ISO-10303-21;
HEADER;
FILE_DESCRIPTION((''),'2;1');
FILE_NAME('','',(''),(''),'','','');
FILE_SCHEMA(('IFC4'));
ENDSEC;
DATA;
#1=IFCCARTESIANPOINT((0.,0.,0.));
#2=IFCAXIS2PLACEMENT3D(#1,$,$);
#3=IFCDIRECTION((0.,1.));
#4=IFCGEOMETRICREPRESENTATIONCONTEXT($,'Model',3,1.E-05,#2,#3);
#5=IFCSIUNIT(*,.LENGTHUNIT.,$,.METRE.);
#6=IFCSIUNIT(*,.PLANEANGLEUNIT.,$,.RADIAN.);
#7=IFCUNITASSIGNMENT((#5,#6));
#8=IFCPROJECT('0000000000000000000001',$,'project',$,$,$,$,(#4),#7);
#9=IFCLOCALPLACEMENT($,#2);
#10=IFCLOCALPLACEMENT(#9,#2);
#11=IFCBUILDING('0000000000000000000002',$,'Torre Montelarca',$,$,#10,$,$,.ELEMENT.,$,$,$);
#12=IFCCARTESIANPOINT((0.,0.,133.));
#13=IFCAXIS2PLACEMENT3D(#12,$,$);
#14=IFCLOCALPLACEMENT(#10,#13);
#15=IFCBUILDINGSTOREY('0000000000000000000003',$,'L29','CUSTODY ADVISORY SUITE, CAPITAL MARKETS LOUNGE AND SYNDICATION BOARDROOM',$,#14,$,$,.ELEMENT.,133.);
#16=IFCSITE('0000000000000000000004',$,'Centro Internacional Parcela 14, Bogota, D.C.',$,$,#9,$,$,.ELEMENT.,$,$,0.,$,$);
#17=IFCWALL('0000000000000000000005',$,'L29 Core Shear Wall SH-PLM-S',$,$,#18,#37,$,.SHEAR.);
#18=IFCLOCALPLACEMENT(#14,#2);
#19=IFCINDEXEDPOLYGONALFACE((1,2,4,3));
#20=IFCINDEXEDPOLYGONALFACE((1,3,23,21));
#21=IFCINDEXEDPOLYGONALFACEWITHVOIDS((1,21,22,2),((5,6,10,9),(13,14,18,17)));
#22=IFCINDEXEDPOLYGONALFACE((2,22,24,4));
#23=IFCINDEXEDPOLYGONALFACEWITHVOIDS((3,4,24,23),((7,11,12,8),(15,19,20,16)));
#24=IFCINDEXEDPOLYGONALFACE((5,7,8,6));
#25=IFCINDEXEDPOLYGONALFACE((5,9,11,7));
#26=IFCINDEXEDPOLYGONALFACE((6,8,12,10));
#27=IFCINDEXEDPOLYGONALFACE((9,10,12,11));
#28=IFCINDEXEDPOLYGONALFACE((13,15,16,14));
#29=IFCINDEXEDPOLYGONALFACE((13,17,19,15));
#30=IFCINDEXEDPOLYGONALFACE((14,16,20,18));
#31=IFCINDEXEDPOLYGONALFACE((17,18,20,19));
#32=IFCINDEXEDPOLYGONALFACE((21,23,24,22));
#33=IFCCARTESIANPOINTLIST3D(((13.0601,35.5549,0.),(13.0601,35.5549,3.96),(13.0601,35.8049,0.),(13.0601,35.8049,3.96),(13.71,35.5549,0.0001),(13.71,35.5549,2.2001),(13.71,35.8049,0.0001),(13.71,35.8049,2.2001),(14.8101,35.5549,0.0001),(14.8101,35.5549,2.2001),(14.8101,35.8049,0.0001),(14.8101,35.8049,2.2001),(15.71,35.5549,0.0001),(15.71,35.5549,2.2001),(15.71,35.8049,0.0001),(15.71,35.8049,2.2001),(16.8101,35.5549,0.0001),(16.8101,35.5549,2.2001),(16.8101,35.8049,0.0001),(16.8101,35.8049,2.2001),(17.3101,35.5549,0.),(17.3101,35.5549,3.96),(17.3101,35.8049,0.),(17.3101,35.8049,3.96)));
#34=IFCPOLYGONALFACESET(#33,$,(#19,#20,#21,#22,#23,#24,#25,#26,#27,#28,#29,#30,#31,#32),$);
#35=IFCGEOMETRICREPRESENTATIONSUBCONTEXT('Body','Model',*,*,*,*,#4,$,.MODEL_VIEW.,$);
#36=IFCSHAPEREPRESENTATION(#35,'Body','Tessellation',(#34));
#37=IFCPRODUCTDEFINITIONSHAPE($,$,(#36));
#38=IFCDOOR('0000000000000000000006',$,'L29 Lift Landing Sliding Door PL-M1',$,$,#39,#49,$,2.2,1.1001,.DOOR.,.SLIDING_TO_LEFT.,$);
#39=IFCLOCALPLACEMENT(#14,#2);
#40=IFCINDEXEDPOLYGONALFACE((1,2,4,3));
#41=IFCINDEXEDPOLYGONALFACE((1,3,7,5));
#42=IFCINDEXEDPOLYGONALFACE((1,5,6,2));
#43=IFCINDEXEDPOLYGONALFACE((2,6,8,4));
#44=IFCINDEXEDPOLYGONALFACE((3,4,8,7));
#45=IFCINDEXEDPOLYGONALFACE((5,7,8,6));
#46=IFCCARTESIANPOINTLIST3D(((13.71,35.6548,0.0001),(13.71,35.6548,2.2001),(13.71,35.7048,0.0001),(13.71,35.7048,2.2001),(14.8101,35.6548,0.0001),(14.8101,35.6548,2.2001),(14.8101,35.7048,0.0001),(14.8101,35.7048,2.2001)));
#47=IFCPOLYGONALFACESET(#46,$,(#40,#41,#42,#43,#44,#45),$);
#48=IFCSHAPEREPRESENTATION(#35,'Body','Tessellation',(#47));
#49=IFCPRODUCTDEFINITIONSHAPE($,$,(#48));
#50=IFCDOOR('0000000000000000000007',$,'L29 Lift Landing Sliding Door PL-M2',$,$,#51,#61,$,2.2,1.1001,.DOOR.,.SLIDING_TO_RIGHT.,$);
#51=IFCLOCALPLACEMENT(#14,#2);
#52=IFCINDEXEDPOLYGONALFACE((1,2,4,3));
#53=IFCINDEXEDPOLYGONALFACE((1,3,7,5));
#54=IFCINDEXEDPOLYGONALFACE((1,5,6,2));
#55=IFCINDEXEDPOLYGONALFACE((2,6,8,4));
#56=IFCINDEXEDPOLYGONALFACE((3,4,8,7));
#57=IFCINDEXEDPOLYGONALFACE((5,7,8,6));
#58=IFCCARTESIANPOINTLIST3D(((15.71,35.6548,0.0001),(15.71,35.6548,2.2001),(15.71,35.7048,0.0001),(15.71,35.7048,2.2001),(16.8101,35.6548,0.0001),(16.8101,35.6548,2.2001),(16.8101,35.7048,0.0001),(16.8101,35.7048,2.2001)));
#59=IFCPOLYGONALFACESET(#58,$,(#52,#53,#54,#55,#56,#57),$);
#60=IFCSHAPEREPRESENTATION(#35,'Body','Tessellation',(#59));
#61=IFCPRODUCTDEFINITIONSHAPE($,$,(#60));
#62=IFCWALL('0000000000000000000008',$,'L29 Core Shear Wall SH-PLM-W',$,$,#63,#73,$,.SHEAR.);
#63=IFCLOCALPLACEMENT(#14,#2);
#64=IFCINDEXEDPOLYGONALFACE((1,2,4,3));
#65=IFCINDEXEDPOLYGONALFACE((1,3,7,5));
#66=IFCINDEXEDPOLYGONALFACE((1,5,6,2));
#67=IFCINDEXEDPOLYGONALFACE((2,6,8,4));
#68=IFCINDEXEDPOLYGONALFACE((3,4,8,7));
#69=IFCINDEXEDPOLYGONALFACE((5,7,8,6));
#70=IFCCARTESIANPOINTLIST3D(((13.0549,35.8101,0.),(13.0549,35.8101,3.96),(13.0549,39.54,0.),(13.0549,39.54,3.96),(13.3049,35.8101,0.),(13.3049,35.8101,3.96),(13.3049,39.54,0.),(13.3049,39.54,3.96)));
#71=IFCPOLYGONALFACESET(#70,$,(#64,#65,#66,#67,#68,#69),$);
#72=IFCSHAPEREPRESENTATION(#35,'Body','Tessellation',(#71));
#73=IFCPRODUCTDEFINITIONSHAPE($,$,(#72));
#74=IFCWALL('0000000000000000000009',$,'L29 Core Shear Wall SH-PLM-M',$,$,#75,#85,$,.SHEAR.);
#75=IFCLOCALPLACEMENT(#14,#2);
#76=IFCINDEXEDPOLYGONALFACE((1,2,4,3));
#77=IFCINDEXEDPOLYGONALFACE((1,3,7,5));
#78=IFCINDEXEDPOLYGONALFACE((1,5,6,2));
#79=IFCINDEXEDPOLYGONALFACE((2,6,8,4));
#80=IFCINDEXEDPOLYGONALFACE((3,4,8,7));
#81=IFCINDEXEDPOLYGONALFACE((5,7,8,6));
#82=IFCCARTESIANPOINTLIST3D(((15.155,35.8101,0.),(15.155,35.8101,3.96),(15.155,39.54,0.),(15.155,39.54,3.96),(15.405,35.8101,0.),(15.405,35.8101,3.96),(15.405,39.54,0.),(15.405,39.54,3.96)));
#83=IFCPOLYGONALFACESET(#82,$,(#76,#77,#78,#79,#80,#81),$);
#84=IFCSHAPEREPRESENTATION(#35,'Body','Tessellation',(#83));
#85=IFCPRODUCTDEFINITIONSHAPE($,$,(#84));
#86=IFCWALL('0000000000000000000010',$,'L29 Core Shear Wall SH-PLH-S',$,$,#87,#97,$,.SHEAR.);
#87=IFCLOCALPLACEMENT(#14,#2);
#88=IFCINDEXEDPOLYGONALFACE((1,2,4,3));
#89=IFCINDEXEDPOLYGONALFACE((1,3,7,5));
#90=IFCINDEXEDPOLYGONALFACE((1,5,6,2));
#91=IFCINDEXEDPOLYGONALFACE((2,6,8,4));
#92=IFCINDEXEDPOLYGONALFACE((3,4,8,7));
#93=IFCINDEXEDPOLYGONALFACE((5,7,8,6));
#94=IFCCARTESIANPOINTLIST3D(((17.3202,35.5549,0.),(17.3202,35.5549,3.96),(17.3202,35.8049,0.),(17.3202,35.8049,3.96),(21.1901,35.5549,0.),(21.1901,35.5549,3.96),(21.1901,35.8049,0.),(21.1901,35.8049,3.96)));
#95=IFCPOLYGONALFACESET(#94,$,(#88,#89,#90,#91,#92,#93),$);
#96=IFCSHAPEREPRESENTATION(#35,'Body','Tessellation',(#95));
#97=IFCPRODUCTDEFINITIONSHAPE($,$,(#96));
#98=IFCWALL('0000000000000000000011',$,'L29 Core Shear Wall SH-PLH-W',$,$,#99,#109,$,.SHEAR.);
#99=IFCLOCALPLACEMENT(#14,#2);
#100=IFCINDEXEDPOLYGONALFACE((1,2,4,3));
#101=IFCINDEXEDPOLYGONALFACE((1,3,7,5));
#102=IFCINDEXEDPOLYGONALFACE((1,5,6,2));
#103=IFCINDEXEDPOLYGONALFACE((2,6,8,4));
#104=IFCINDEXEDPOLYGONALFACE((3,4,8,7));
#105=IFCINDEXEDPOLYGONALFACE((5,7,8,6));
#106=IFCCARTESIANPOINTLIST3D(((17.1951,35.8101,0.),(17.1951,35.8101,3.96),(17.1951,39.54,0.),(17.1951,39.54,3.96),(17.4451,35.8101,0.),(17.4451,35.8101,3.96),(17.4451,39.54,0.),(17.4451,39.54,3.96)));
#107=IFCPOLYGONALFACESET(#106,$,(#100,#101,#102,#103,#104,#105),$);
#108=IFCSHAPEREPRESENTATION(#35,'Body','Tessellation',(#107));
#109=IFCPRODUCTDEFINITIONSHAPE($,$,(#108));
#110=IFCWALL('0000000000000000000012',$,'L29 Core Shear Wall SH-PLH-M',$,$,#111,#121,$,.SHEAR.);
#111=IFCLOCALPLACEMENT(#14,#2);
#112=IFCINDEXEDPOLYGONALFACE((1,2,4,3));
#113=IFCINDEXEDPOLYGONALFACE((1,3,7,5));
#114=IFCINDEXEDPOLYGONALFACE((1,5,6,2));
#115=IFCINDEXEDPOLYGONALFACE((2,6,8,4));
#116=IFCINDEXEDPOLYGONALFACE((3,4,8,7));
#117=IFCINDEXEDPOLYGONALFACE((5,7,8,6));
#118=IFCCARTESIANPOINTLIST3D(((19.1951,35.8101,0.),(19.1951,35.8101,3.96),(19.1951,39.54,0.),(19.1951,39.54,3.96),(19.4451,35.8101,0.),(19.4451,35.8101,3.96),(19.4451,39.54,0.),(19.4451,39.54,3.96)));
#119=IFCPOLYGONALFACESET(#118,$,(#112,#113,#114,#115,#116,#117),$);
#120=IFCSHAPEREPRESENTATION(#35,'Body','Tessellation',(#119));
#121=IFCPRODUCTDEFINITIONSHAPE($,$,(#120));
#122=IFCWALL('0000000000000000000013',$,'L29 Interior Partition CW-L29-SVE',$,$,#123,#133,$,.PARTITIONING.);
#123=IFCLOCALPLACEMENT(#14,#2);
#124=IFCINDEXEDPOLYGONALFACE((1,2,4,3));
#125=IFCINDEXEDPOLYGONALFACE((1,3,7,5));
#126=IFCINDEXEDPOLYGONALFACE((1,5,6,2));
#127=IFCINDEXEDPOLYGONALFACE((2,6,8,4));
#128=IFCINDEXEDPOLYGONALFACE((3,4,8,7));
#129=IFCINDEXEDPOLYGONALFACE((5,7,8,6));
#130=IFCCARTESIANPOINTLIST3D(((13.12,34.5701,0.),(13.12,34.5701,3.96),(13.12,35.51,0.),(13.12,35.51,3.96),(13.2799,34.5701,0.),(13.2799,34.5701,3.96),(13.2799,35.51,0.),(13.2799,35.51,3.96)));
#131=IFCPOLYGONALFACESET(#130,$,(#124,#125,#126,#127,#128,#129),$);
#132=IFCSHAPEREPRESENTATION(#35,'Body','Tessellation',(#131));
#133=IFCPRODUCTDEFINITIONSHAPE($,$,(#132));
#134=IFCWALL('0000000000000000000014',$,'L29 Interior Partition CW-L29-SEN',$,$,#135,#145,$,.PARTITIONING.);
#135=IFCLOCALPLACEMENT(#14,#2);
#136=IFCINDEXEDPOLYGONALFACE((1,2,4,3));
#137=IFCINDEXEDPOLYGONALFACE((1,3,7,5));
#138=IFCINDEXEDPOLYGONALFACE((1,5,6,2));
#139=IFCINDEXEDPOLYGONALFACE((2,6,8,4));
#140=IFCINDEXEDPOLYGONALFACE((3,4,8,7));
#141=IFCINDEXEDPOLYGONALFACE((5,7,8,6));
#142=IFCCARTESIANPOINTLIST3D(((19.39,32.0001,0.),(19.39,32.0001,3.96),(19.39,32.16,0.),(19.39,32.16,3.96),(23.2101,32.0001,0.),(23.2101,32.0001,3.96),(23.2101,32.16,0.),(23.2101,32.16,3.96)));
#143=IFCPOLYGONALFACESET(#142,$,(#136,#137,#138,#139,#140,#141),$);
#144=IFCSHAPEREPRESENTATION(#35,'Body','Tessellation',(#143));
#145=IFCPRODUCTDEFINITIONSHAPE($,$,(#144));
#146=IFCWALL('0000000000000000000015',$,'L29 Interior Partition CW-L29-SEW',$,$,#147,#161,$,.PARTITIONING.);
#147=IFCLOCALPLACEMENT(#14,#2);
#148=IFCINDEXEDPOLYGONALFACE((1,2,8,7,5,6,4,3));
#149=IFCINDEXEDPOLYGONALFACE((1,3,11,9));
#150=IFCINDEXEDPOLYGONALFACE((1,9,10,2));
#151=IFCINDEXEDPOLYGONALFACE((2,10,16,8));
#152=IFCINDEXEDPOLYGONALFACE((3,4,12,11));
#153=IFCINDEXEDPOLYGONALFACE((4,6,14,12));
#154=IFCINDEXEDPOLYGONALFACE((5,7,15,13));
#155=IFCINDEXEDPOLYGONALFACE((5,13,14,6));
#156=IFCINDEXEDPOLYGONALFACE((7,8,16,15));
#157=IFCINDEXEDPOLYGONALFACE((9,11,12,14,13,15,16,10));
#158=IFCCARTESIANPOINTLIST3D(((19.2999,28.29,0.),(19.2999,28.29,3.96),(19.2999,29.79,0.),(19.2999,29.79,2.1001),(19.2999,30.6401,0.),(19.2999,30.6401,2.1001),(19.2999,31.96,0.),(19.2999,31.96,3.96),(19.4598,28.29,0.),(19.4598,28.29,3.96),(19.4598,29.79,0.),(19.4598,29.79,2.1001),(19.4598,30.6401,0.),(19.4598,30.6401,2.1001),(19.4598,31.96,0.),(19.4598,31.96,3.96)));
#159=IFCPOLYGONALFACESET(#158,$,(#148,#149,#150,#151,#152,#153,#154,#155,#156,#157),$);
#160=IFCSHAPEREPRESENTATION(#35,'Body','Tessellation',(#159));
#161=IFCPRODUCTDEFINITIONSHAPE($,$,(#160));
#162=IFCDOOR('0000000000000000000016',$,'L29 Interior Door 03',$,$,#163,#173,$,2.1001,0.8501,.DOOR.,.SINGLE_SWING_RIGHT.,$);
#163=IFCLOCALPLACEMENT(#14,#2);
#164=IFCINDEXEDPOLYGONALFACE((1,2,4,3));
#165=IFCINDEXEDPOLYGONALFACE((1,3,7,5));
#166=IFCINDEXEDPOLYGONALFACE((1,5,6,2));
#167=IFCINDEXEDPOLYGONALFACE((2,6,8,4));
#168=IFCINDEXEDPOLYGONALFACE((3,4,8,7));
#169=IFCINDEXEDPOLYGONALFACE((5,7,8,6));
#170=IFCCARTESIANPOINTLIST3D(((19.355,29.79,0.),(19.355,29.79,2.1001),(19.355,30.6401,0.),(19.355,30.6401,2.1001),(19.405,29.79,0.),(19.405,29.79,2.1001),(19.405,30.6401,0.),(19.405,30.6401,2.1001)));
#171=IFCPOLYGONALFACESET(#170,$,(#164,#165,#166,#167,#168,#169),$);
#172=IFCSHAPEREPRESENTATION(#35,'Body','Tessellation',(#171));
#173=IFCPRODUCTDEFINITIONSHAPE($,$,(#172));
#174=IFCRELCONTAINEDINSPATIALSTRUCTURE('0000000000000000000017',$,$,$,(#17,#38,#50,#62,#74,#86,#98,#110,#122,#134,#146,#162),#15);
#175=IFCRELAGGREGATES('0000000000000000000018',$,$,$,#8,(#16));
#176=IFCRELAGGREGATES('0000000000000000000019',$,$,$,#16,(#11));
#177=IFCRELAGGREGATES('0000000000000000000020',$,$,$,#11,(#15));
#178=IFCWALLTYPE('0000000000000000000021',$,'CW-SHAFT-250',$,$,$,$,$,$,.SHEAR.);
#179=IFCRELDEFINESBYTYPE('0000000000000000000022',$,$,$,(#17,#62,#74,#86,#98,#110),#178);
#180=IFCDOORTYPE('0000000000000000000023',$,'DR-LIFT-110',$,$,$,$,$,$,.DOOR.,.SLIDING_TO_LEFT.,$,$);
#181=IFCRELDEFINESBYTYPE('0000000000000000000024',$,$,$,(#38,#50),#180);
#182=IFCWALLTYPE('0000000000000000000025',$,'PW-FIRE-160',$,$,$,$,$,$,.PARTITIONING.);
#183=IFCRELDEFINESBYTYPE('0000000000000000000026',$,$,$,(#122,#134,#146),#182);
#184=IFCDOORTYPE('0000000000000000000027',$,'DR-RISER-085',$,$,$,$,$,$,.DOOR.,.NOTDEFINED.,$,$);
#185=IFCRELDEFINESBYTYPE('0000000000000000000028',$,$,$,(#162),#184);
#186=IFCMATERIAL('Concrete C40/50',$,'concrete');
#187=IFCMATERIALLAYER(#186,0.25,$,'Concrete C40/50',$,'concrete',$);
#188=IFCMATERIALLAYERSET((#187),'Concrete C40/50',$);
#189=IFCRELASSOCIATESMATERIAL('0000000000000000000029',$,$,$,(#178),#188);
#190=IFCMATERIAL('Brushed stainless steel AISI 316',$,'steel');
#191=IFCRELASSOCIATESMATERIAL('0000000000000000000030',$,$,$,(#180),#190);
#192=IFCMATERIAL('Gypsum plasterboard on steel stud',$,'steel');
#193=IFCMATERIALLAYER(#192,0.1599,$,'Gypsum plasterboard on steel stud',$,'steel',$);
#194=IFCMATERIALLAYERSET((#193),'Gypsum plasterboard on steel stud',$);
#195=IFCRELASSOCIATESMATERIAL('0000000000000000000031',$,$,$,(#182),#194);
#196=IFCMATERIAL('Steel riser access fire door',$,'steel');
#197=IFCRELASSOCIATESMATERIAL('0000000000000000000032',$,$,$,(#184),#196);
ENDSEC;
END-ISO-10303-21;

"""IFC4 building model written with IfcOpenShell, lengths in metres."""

from ifc_helpers import new_model, si_unit, direction, frame, frame_2d, origin, place, context, subcontext, project, spatial, rectangle, extrude, source, transform, mapped, material, layer, layer_set, type_object, element, fill, save


model = new_model("IFC4")

# Units and contexts
model_context = context("Model", 3, precision=1e-05, world=origin(), true_north=direction((0.0, 1.0)))
body_context = subcontext(model_context, "Body", "Model", "MODEL_VIEW")
ifc_project = project(units=[si_unit("LENGTHUNIT", "METRE"), si_unit("PLANEANGLEUNIT", "RADIAN")], contexts=[model_context])

# Site, building, storey
site_placement = place(None, origin())
site = spatial("IfcSite", under=ifc_project, at=site_placement, Name="Centro Internacional Parcela 14, Bogota, D.C.", CompositionType="ELEMENT", RefElevation=0.0)
building_placement = place(site_placement, origin())
building = spatial("IfcBuilding", under=site, at=building_placement, Name="Torre Montelarca", CompositionType="ELEMENT")
storey_placement = place(building_placement, frame((0.0, 0.0, 133.0)))
storey = spatial("IfcBuildingStorey", under=building, at=storey_placement, Name="L29", Description="CUSTODY ADVISORY SUITE, CAPITAL MARKETS LOUNGE AND SYNDICATION BOARDROOM", CompositionType="ELEMENT", Elevation=133.0)

# Shared definitions
ifc_material_1 = material(Name="Concrete C40/50", Category="concrete")
ifc_layer_1 = layer(ifc_material_1, 0.25, Name="Concrete C40/50", Category="concrete")
ifc_layer_set_1 = layer_set([ifc_layer_1], Name="Concrete C40/50")
wall_type_1 = type_object("IfcWallType", Name="CW-SHAFT-250", PredefinedType="SHEAR", material=ifc_layer_set_1)

# Shared definitions
ifc_material_2 = material(Name="Brushed stainless steel AISI 316", Category="steel")

# Wall, openings, doors
wall_1_placement = place(storey_placement, frame((13.0601, 35.6799, 0.0), z_axis=(0.0, 0.0, 1.0), x_axis=(1.0, 0.0, 0.0)))
wall_1 = element("IfcWall", 1, at=wall_1_placement, inside=storey, type_object=wall_type_1, Name="L29 Core Shear Wall SH-PLM-S", PredefinedType="SHEAR", context=body_context, shape_type="SweptSolid", body=[
    extrude(rectangle(XDim=4.25, YDim=0.25, at=frame_2d((2.125, 0.0))), origin(), (0.0, 0.0, 1.0), 3.96),
])
opening_1_placement = place(wall_1_placement, frame((0.6499, 0.0, 0.0)))
opening_1 = element("IfcOpeningElement", 2, at=opening_1_placement, cuts=wall_1, PredefinedType="OPENING", context=body_context, shape_type="SweptSolid", body=[
    extrude(rectangle(XDim=1.1001, YDim=2.2, at=frame_2d((0.55, 1.1001))), frame((0.0, 0.135, 0.0), z_axis=(0.0, -1.0, 0.0), x_axis=(1.0, 0.0, 0.0)), (0.0, 0.0, 1.0), 0.27),
])
opening_2_placement = place(wall_1_placement, frame((2.6499, 0.0, 0.0)))
opening_2 = element("IfcOpeningElement", 3, at=opening_2_placement, cuts=wall_1, PredefinedType="OPENING", context=body_context, shape_type="SweptSolid", body=[
    extrude(rectangle(XDim=1.1001, YDim=2.2, at=frame_2d((0.55, 1.1001))), frame((0.0, 0.135, 0.0), z_axis=(0.0, -1.0, 0.0), x_axis=(1.0, 0.0, 0.0)), (0.0, 0.0, 1.0), 0.27),
])
door_type_1 = type_object("IfcDoorType", Name="DR-LIFT-110", OperationType="SLIDING_TO_LEFT", PredefinedType="DOOR", material=ifc_material_2)
shared_shape_1 = source(origin(), body_context, "Body", "SweptSolid", [
    extrude(rectangle(XDim=1.1001, YDim=2.2, at=frame_2d((0.55, 1.1001))), frame((0.0, 0.0249, 0.0), z_axis=(0.0, -1.0, 0.0), x_axis=(1.0, 0.0, 0.0)), (0.0, 0.0, 1.0), 0.05),
])
door_1_placement = place(opening_1_placement, origin())
door_1 = element("IfcDoor", 4, at=door_1_placement, inside=storey, type_object=door_type_1, Name="L29 Lift Landing Sliding Door PL-M1", OperationType="SLIDING_TO_LEFT", OverallHeight=2.2, OverallWidth=1.1001, PredefinedType="DOOR", context=body_context, shape_type="MappedRepresentation", body=[
    mapped(shared_shape_1, transform((0.0, 0.0, 0.0), scale=1.0)),
])
fill(opening_1, door_1)
door_2_placement = place(opening_2_placement, origin())
door_2 = element("IfcDoor", 5, at=door_2_placement, inside=storey, type_object=door_type_1, Name="L29 Lift Landing Sliding Door PL-M2", OperationType="SLIDING_TO_RIGHT", OverallHeight=2.2, OverallWidth=1.1001, PredefinedType="DOOR", context=body_context, shape_type="MappedRepresentation", body=[
    mapped(shared_shape_1, transform((0.0, 0.0, 0.0), scale=1.0)),
])
fill(opening_2, door_2)

# Walls
for number, where, z_axis, x_axis, name in (
    (6, (13.1799, 35.8101, 0.0), (0.0, 0.0, 1.0), (0.0, 1.0, 0.0), "L29 Core Shear Wall SH-PLM-W"),
    (7, (15.28, 35.8101, 0.0), (0.0, 0.0, 1.0), (0.0, 1.0, 0.0), "L29 Core Shear Wall SH-PLM-M"),
):
    element("IfcWall", number, at=place(storey_placement, frame(where, z_axis=z_axis, x_axis=x_axis)), inside=storey, type_object=wall_type_1, Name=name, PredefinedType="SHEAR", context=body_context, shape_type="SweptSolid", body=[
        extrude(rectangle(XDim=3.73, YDim=0.25, at=frame_2d((1.865, 0.0))), origin(), (0.0, 0.0, 1.0), 3.96),
    ])
wall_2_placement = place(storey_placement, frame((17.3201, 35.6799, 0.0), z_axis=(0.0, 0.0, 1.0), x_axis=(1.0, 0.0, 0.0)))
element("IfcWall", 8, at=wall_2_placement, inside=storey, type_object=wall_type_1, Name="L29 Core Shear Wall SH-PLH-S", PredefinedType="SHEAR", context=body_context, shape_type="SweptSolid", body=[
    extrude(rectangle(XDim=3.8699, YDim=0.25, at=frame_2d((1.9351, 0.0))), origin(), (0.0, 0.0, 1.0), 3.96),
])
for number, where, z_axis, x_axis, name in (
    (9, (17.3201, 35.8101, 0.0), (0.0, 0.0, 1.0), (0.0, 1.0, 0.0), "L29 Core Shear Wall SH-PLH-W"),
    (10, (19.3201, 35.8101, 0.0), (0.0, 0.0, 1.0), (0.0, 1.0, 0.0), "L29 Core Shear Wall SH-PLH-M"),
):
    element("IfcWall", number, at=place(storey_placement, frame(where, z_axis=z_axis, x_axis=x_axis)), inside=storey, type_object=wall_type_1, Name=name, PredefinedType="SHEAR", context=body_context, shape_type="SweptSolid", body=[
        extrude(rectangle(XDim=3.73, YDim=0.25, at=frame_2d((1.865, 0.0))), origin(), (0.0, 0.0, 1.0), 3.96),
    ])
ifc_material_3 = material(Name="Gypsum plasterboard on steel stud", Category="steel")
ifc_layer_2 = layer(ifc_material_3, 0.1599, Name="Gypsum plasterboard on steel stud", Category="steel")
ifc_layer_set_2 = layer_set([ifc_layer_2], Name="Gypsum plasterboard on steel stud")
wall_type_2 = type_object("IfcWallType", Name="PW-FIRE-160", PredefinedType="PARTITIONING", material=ifc_layer_set_2)
wall_3_placement = place(storey_placement, frame((13.2, 34.5701, 0.0), z_axis=(0.0, 0.0, 1.0), x_axis=(0.0, 1.0, 0.0)))
element("IfcWall", 11, at=wall_3_placement, inside=storey, type_object=wall_type_2, Name="L29 Interior Partition CW-L29-SVE", PredefinedType="PARTITIONING", context=body_context, shape_type="SweptSolid", body=[
    extrude(rectangle(XDim=0.9399, YDim=0.1599, at=frame_2d((0.47, 0.0))), origin(), (0.0, 0.0, 1.0), 3.96),
])
wall_4_placement = place(storey_placement, frame((19.3899, 32.0801, 0.0), z_axis=(0.0, 0.0, 1.0), x_axis=(1.0, 0.0, 0.0)))
element("IfcWall", 12, at=wall_4_placement, inside=storey, type_object=wall_type_2, Name="L29 Interior Partition CW-L29-SEN", PredefinedType="PARTITIONING", context=body_context, shape_type="SweptSolid", body=[
    extrude(rectangle(XDim=3.8201, YDim=0.1599, at=frame_2d((1.9102, 0.0))), origin(), (0.0, 0.0, 1.0), 3.96),
])

# Wall, opening, door
wall_5_placement = place(storey_placement, frame((19.3799, 28.29, 0.0), z_axis=(0.0, 0.0, 1.0), x_axis=(0.0, 1.0, 0.0)))
wall_5 = element("IfcWall", 13, at=wall_5_placement, inside=storey, type_object=wall_type_2, Name="L29 Interior Partition CW-L29-SEW", PredefinedType="PARTITIONING", context=body_context, shape_type="SweptSolid", body=[
    extrude(rectangle(XDim=3.6699, YDim=0.1599, at=frame_2d((1.835, 0.0))), origin(), (0.0, 0.0, 1.0), 3.96),
])
opening_3_placement = place(wall_5_placement, frame((1.5, 0.0, 0.0)))
opening_3 = element("IfcOpeningElement", 14, at=opening_3_placement, cuts=wall_5, PredefinedType="OPENING", context=body_context, shape_type="SweptSolid", body=[
    extrude(rectangle(XDim=0.8501, YDim=2.1001, at=frame_2d((0.425, 1.05))), frame((0.0, 0.0898, 0.0), z_axis=(0.0, -1.0, 0.0), x_axis=(1.0, 0.0, 0.0)), (0.0, 0.0, 1.0), 0.1799),
])
ifc_material_4 = material(Name="Steel riser access fire door", Category="steel")
door_type_2 = type_object("IfcDoorType", Name="DR-RISER-085", OperationType="NOTDEFINED", PredefinedType="DOOR", material=ifc_material_4)
shared_shape_2 = source(origin(), body_context, "Body", "SweptSolid", [
    extrude(rectangle(XDim=0.8501, YDim=2.1001, at=frame_2d((0.425, 1.05))), frame((0.0, 0.0249, 0.0), z_axis=(0.0, -1.0, 0.0), x_axis=(1.0, 0.0, 0.0)), (0.0, 0.0, 1.0), 0.05),
])
door_3_placement = place(opening_3_placement, origin())
door_3 = element("IfcDoor", 15, at=door_3_placement, inside=storey, type_object=door_type_2, Name="L29 Interior Door 03", OperationType="SINGLE_SWING_RIGHT", OverallHeight=2.1001, OverallWidth=0.8501, PredefinedType="DOOR", context=body_context, shape_type="MappedRepresentation", body=[
    mapped(shared_shape_2, transform((0.0, 0.0, 0.0), scale=1.0)),
])
fill(opening_3, door_3)

save(model, "model.ifc")
